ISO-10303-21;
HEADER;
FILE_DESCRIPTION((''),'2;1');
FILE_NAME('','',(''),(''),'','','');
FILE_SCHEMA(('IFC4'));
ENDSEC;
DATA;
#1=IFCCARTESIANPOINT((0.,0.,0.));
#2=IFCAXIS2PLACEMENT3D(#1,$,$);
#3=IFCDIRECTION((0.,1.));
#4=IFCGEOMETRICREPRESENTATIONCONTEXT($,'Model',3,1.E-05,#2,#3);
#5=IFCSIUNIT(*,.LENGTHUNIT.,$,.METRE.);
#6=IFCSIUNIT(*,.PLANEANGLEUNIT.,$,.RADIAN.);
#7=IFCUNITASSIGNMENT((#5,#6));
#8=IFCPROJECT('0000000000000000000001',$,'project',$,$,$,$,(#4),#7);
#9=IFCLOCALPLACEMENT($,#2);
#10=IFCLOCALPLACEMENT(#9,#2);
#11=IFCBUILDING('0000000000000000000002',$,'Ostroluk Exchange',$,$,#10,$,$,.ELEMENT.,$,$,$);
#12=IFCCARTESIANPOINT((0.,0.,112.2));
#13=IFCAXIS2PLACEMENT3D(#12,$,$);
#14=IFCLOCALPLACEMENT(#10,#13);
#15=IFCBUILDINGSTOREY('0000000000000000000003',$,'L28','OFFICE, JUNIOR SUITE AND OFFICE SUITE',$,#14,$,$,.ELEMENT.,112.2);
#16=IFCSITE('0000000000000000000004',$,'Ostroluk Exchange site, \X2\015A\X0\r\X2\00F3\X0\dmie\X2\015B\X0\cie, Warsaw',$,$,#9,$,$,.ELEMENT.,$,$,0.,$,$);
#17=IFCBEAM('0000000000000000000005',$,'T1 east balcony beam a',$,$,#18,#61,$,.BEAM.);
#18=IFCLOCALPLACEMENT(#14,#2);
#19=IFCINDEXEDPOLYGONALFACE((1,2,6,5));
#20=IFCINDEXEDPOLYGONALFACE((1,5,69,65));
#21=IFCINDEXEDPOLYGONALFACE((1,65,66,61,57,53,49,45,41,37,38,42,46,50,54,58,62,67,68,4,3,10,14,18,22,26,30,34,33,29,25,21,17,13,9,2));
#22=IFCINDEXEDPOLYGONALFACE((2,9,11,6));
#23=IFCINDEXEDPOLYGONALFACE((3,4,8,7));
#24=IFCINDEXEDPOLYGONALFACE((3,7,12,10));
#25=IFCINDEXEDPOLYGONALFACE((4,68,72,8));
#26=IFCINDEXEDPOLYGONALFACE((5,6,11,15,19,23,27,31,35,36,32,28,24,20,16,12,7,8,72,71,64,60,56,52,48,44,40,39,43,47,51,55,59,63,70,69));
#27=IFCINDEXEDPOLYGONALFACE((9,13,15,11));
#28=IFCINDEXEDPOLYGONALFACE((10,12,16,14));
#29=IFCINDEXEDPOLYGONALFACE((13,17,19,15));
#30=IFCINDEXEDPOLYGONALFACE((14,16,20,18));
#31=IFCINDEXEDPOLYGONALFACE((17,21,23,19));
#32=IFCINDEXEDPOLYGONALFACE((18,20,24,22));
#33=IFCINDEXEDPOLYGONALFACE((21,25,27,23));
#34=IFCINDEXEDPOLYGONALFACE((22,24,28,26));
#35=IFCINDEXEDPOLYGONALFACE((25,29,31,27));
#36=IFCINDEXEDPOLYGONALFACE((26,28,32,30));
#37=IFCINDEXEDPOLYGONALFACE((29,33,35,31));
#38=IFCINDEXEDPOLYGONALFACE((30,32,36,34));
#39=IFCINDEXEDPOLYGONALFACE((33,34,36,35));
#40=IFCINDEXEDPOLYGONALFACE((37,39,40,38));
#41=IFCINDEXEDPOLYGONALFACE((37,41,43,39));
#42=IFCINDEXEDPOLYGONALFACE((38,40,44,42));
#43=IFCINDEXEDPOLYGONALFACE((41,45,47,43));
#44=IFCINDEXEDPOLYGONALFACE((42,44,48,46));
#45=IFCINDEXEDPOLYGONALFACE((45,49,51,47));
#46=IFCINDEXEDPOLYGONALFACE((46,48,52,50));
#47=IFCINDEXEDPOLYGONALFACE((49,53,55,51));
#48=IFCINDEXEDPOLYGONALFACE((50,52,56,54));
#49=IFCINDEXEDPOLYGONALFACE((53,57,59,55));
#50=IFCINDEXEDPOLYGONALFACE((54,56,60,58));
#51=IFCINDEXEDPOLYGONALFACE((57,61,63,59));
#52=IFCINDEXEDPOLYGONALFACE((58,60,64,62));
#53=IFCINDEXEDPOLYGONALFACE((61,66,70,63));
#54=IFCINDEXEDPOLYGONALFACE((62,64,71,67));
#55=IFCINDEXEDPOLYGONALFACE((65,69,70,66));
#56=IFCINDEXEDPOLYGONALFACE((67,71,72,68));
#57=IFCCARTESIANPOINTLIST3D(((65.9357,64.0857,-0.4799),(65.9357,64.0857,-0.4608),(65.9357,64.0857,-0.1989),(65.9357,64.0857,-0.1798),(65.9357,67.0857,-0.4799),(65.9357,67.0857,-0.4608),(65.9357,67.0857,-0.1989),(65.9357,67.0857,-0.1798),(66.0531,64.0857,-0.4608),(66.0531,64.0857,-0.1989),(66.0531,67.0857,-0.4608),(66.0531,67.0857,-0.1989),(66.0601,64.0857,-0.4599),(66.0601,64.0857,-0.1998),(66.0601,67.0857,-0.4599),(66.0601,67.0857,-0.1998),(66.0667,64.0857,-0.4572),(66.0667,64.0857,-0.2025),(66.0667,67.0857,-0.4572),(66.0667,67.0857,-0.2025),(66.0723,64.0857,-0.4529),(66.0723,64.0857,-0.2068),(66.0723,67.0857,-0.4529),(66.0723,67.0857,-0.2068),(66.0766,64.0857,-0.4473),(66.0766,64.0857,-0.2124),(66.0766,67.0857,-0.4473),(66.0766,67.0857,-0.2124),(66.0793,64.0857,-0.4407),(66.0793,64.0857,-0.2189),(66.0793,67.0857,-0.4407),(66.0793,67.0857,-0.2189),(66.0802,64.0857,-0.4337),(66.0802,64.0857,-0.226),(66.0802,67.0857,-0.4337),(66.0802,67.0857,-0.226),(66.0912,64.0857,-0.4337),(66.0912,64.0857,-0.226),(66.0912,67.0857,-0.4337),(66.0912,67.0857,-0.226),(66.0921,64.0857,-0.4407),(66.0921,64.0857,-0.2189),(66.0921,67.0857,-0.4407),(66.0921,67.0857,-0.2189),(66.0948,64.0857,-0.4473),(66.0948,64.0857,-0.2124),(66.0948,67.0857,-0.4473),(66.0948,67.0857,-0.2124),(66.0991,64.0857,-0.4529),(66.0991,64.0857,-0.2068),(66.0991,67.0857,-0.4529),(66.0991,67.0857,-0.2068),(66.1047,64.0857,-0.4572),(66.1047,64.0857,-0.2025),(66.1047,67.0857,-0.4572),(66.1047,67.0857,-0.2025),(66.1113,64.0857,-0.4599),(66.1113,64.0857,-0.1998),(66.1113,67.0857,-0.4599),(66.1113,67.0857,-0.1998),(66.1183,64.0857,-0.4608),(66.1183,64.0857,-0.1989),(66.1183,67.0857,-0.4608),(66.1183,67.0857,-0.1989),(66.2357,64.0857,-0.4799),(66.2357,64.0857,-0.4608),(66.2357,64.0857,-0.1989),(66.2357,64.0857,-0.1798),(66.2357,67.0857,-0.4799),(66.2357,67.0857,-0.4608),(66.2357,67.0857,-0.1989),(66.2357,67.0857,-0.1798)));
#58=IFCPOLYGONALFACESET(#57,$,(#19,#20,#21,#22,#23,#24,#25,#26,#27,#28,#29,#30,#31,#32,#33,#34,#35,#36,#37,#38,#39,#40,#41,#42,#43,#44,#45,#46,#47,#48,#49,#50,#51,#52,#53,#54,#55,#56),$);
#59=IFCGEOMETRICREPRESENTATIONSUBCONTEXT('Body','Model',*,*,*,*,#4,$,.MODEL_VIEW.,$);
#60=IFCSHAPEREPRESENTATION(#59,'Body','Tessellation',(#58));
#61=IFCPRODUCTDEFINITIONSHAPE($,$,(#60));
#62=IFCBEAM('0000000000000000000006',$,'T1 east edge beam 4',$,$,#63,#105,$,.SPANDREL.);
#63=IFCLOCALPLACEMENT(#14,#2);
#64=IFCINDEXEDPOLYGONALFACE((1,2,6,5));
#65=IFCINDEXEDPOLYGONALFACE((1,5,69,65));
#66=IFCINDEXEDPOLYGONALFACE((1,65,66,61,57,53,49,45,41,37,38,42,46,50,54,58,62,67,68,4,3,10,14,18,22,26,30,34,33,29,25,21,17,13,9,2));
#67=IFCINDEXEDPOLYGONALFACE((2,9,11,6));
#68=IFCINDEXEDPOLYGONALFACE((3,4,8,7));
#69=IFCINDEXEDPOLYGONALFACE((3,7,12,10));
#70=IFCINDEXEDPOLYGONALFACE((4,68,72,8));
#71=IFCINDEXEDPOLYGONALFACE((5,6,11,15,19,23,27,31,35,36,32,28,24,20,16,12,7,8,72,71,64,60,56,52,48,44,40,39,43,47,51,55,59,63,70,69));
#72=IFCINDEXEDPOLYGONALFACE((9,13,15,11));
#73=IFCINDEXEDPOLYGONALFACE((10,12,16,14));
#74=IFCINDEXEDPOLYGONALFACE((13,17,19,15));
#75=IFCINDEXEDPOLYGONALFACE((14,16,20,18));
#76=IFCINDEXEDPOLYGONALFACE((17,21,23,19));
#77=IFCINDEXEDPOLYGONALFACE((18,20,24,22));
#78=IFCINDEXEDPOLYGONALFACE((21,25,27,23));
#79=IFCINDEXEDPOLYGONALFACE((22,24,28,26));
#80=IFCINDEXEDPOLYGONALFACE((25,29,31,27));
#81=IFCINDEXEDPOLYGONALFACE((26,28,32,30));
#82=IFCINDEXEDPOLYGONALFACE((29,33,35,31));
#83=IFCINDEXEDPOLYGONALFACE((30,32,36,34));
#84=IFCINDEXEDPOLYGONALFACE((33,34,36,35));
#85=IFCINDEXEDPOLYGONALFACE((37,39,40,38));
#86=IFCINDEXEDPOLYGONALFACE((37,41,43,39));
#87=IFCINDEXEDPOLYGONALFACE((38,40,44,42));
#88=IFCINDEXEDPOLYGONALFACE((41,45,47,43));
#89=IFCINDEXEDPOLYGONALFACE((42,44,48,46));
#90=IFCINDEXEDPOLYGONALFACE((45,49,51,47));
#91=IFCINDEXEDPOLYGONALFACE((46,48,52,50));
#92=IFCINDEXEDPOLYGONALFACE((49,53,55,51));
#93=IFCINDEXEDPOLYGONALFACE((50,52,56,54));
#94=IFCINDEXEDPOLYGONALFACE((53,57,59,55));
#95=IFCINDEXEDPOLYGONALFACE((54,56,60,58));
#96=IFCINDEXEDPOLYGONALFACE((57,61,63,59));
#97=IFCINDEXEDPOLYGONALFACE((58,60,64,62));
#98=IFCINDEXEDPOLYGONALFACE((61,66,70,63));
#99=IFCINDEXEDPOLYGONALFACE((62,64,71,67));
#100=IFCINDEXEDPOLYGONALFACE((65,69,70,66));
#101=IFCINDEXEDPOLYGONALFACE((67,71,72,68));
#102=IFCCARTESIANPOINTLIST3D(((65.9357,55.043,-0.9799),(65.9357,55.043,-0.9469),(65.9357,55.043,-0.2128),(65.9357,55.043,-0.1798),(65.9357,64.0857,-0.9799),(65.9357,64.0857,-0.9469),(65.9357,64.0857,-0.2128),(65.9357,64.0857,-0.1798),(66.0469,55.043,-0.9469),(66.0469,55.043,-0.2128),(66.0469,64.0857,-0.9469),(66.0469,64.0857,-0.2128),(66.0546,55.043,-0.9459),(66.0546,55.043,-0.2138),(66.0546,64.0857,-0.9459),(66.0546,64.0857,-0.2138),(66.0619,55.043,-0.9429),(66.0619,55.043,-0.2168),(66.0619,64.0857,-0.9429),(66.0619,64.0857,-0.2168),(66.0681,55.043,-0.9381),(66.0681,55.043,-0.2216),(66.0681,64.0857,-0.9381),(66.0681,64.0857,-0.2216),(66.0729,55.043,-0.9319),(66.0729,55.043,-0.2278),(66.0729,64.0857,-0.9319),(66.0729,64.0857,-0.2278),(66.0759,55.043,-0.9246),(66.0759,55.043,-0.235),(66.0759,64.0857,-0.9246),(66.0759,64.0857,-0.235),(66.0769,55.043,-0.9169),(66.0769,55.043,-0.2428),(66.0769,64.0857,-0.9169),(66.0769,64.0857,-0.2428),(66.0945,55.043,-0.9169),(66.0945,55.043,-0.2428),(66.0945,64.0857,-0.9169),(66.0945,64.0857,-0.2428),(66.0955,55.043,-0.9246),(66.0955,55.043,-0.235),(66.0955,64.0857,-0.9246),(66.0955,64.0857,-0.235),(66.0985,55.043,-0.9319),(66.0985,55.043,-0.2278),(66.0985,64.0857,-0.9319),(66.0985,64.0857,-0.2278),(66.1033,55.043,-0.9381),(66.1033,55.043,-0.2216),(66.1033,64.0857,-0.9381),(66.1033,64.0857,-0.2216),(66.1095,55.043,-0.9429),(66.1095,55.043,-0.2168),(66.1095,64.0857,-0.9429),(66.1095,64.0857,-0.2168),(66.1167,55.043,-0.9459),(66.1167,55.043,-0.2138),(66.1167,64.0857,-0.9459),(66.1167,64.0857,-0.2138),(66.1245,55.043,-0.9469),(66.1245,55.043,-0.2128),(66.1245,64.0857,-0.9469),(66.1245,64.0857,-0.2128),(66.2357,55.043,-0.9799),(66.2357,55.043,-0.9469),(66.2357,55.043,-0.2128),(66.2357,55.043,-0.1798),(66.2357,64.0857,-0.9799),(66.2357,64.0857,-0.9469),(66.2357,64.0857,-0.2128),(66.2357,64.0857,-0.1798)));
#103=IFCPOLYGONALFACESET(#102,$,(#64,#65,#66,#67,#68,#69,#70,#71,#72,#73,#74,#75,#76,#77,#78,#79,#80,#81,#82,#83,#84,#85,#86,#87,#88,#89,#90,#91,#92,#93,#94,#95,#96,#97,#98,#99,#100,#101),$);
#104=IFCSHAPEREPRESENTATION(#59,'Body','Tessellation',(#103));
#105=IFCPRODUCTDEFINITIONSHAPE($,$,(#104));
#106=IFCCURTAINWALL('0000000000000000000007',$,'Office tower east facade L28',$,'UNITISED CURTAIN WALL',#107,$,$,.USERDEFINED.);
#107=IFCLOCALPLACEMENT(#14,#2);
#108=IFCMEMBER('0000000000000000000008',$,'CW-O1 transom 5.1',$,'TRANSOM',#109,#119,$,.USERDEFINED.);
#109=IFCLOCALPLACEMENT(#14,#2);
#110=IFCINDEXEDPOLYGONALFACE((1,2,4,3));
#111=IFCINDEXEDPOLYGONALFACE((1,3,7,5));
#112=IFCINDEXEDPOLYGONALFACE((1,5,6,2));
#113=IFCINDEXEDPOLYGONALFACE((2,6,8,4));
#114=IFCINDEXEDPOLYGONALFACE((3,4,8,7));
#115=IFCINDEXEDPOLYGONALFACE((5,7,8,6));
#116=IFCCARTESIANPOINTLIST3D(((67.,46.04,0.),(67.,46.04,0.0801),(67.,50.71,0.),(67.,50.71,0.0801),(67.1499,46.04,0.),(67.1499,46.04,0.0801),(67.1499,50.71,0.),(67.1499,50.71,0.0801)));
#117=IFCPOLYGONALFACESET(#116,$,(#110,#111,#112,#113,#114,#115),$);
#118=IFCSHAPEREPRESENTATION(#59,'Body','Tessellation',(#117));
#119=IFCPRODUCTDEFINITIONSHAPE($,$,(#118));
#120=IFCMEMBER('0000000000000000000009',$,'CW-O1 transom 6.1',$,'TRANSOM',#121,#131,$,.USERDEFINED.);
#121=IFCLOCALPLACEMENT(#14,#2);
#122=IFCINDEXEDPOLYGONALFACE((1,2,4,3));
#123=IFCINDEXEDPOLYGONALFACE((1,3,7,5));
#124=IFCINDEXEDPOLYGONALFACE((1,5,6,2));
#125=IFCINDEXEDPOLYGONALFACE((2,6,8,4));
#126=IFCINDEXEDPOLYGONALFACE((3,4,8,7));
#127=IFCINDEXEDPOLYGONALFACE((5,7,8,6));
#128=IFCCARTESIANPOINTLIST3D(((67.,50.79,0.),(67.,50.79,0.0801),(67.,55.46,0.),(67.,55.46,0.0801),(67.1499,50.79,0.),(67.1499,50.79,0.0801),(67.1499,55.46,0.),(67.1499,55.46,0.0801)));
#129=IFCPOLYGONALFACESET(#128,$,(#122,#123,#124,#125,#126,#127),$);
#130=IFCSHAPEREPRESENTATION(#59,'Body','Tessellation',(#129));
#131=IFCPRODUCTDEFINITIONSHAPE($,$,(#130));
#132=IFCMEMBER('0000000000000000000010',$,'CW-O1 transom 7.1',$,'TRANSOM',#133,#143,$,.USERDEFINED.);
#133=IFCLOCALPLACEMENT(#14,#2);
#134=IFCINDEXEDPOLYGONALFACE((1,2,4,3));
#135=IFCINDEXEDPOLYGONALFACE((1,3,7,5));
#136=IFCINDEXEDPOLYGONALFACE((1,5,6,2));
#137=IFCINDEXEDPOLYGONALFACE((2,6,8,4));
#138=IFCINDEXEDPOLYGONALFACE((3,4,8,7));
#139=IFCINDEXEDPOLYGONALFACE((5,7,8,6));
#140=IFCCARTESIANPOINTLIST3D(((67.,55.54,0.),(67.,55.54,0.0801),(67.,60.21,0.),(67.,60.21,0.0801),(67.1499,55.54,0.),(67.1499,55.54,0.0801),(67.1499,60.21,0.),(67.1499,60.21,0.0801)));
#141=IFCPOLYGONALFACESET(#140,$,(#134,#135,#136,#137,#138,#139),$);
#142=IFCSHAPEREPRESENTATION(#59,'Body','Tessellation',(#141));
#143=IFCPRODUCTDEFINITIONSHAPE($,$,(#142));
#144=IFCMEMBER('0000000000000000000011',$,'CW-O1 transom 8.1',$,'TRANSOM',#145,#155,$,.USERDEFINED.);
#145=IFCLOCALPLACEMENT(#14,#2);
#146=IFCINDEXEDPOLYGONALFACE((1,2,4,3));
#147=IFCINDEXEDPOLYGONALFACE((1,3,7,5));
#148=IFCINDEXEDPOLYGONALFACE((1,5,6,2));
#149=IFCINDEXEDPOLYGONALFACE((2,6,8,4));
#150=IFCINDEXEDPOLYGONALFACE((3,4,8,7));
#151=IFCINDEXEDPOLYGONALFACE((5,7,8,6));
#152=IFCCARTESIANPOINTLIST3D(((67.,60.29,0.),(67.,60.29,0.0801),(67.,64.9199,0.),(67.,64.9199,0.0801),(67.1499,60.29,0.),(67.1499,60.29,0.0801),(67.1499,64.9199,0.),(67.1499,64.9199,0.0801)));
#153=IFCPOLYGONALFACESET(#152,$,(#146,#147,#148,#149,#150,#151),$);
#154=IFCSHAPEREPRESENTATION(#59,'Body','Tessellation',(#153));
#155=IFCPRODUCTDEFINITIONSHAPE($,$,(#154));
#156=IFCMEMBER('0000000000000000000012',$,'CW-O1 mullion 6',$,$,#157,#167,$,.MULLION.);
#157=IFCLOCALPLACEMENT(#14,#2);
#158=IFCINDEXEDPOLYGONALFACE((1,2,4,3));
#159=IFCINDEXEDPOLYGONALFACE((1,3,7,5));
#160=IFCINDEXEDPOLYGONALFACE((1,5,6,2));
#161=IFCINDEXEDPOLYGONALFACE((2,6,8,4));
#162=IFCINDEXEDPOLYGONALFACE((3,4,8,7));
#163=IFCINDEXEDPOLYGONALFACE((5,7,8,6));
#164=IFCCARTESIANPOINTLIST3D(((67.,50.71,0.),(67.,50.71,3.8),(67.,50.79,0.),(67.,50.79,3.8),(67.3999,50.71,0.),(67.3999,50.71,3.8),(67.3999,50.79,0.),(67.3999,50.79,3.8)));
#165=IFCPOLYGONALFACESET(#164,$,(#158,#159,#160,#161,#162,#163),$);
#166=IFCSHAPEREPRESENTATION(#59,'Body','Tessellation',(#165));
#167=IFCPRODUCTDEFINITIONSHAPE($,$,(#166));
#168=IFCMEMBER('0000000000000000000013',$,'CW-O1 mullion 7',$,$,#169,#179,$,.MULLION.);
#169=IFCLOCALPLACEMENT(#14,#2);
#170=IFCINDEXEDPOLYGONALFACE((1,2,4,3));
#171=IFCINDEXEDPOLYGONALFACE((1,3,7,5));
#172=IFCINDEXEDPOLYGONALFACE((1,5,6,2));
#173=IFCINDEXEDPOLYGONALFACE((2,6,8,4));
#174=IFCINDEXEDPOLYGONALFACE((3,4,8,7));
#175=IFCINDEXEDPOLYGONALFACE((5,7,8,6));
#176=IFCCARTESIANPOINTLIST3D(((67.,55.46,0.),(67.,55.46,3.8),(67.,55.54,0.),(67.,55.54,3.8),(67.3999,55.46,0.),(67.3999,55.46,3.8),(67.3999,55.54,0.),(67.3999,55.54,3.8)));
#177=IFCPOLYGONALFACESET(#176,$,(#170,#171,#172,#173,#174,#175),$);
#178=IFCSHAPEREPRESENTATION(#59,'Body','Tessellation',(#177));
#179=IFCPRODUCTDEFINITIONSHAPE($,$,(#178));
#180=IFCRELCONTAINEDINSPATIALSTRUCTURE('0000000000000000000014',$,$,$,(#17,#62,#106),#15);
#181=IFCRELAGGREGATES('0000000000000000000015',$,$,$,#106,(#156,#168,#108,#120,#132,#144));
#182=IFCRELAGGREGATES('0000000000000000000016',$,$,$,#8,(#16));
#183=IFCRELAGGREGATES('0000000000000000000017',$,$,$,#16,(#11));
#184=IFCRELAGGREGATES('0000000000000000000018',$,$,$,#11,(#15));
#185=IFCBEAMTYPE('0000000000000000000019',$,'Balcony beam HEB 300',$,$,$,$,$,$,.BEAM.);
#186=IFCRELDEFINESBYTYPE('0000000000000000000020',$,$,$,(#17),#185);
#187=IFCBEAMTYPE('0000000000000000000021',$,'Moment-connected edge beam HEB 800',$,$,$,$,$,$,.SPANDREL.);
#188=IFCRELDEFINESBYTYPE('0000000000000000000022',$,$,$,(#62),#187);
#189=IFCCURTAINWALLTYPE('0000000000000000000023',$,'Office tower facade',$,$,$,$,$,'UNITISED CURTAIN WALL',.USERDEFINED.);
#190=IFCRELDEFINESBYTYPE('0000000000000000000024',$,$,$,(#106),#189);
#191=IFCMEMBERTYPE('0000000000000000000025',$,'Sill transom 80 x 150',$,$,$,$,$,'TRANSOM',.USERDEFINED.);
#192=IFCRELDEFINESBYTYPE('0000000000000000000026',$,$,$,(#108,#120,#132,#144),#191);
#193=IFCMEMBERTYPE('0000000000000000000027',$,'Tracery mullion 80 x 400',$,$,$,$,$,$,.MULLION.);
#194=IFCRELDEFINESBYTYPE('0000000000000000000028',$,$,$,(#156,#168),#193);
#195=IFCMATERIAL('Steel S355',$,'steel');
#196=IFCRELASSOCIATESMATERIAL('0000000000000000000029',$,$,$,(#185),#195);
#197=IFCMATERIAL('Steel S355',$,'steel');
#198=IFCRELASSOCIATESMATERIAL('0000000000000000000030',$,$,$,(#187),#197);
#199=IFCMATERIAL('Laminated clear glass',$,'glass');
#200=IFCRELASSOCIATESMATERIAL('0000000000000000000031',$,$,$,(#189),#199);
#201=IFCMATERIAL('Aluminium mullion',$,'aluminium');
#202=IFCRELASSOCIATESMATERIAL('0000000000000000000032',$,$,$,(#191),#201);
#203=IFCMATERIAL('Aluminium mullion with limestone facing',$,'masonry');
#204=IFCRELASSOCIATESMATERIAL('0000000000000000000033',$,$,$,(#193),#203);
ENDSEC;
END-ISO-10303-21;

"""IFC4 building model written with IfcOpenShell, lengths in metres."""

from ifc_helpers import new_model, si_unit, direction, frame, origin, origin_2d, place, context, subcontext, project, spatial, rectangle, i_section, extrude, material, material_profile, profile_set, type_object, element, aggregate, save


model = new_model("IFC4")

# Units and contexts
model_context = context("Model", 3, precision=1e-05, world=origin(), true_north=direction((0.0, 1.0)))
body_context = subcontext(model_context, "Body", "Model", "MODEL_VIEW")
ifc_project = project(units=[si_unit("LENGTHUNIT", "METRE"), si_unit("PLANEANGLEUNIT", "RADIAN")], contexts=[model_context])

# Site, building, storey
site_placement = place(None, origin())
site = spatial("IfcSite", under=ifc_project, at=site_placement, Name="Ostroluk Exchange site, Śródmieście, Warsaw", CompositionType="ELEMENT", RefElevation=0.0)
building_placement = place(site_placement, origin())
building = spatial("IfcBuilding", under=site, at=building_placement, Name="Ostroluk Exchange", CompositionType="ELEMENT")
storey_placement = place(building_placement, frame((0.0, 0.0, 112.2)))
storey = spatial("IfcBuildingStorey", under=building, at=storey_placement, Name="L28", Description="OFFICE, JUNIOR SUITE AND OFFICE SUITE", CompositionType="ELEMENT", Elevation=112.2)

# Beams
ifc_material_1 = material(Name="Steel S355", Category="steel")
ifc_material_profile_1 = material_profile(ifc_material_1, i_section(OverallWidth=0.3, OverallDepth=0.3, WebThickness=0.011, FlangeThickness=0.019, FilletRadius=0.0271, at=origin_2d()), Name="HEB 300")
ifc_profile_set_1 = profile_set([ifc_material_profile_1], Name="Steel S355")
beam_type_1 = type_object("IfcBeamType", Name="Balcony beam HEB 300", PredefinedType="BEAM", material=ifc_profile_set_1)
beam_1_placement = place(storey_placement, frame((66.0857, 64.0857, -0.3298), z_axis=(0.0, 1.0, 0.0), x_axis=(-1.0, 0.0, 0.0)))
element("IfcBeam", 1, at=beam_1_placement, inside=storey, type_object=beam_type_1, Name="T1 east balcony beam a", PredefinedType="BEAM", context=body_context, shape_type="SweptSolid", body=[
    extrude(i_section(OverallWidth=0.3, OverallDepth=0.3, WebThickness=0.011, FlangeThickness=0.019, FilletRadius=0.0271, at=origin_2d()), origin(), (0.0, 0.0, 1.0), 3.0),
])
ifc_material_2 = material(Name="Steel S355", Category="steel")
ifc_material_profile_2 = material_profile(ifc_material_2, i_section(OverallWidth=0.3, OverallDepth=0.8, WebThickness=0.0176, FlangeThickness=0.033, FilletRadius=0.03, at=origin_2d()), Name="HEB 800")
ifc_profile_set_2 = profile_set([ifc_material_profile_2], Name="Steel S355")
beam_type_2 = type_object("IfcBeamType", Name="Moment-connected edge beam HEB 800", PredefinedType="SPANDREL", material=ifc_profile_set_2)
beam_2_placement = place(storey_placement, frame((66.0857, 55.043, -0.5798), z_axis=(0.0, 1.0, 0.0), x_axis=(-1.0, 0.0, 0.0)))
element("IfcBeam", 2, at=beam_2_placement, inside=storey, type_object=beam_type_2, Name="T1 east edge beam 4", PredefinedType="SPANDREL", context=body_context, shape_type="SweptSolid", body=[
    extrude(i_section(OverallWidth=0.3, OverallDepth=0.8, WebThickness=0.0176, FlangeThickness=0.033, FilletRadius=0.03, at=origin_2d()), origin(), (0.0, 0.0, 1.0), 9.0427),
])

# Curtain wall, members
ifc_material_3 = material(Name="Laminated clear glass", Category="glass")
curtain_wall_type = type_object("IfcCurtainWallType", Name="Office tower facade", ElementType="UNITISED CURTAIN WALL", PredefinedType="USERDEFINED", material=ifc_material_3)
curtain_wall_placement = place(storey_placement, origin())
curtain_wall = element("IfcCurtainWall", 3, at=curtain_wall_placement, inside=storey, type_object=curtain_wall_type, Name="Office tower east facade L28", ObjectType="UNITISED CURTAIN WALL", PredefinedType="USERDEFINED")
ifc_material_4 = material(Name="Aluminium mullion", Category="aluminium")
ifc_material_profile_3 = material_profile(ifc_material_4, rectangle(XDim=0.1499, YDim=0.0801, at=origin_2d()), Name="Sill transom 80 x 150")
ifc_profile_set_3 = profile_set([ifc_material_profile_3], Name="Aluminium mullion")
member_type_1 = type_object("IfcMemberType", Name="Sill transom 80 x 150", ElementType="TRANSOM", PredefinedType="USERDEFINED", material=ifc_profile_set_3)
member_1_placement = place(storey_placement, frame((67.075, 46.04, 0.04), z_axis=(0.0, 1.0, 0.0), x_axis=(-1.0, 0.0, 0.0)))
member_1 = element("IfcMember", 4, at=member_1_placement, type_object=member_type_1, Name="CW-O1 transom 5.1", ObjectType="TRANSOM", PredefinedType="USERDEFINED", context=body_context, shape_type="SweptSolid", body=[
    extrude(rectangle(XDim=0.1499, YDim=0.0801, at=origin_2d()), origin(), (0.0, 0.0, 1.0), 4.6699),
])
member_2_placement = place(storey_placement, frame((67.075, 50.79, 0.04), z_axis=(0.0, 1.0, 0.0), x_axis=(-1.0, 0.0, 0.0)))
member_2 = element("IfcMember", 5, at=member_2_placement, type_object=member_type_1, Name="CW-O1 transom 6.1", ObjectType="TRANSOM", PredefinedType="USERDEFINED", context=body_context, shape_type="SweptSolid", body=[
    extrude(rectangle(XDim=0.1499, YDim=0.0801, at=origin_2d()), origin(), (0.0, 0.0, 1.0), 4.6699),
])
member_3_placement = place(storey_placement, frame((67.075, 55.54, 0.04), z_axis=(0.0, 1.0, 0.0), x_axis=(-1.0, 0.0, 0.0)))
member_3 = element("IfcMember", 6, at=member_3_placement, type_object=member_type_1, Name="CW-O1 transom 7.1", ObjectType="TRANSOM", PredefinedType="USERDEFINED", context=body_context, shape_type="SweptSolid", body=[
    extrude(rectangle(XDim=0.1499, YDim=0.0801, at=origin_2d()), origin(), (0.0, 0.0, 1.0), 4.6699),
])
member_4_placement = place(storey_placement, frame((67.075, 60.29, 0.04), z_axis=(0.0, 1.0, 0.0), x_axis=(-1.0, 0.0, 0.0)))
member_4 = element("IfcMember", 7, at=member_4_placement, type_object=member_type_1, Name="CW-O1 transom 8.1", ObjectType="TRANSOM", PredefinedType="USERDEFINED", context=body_context, shape_type="SweptSolid", body=[
    extrude(rectangle(XDim=0.1499, YDim=0.0801, at=origin_2d()), origin(), (0.0, 0.0, 1.0), 4.6299),
])
ifc_material_5 = material(Name="Aluminium mullion with limestone facing", Category="masonry")
ifc_material_profile_4 = material_profile(ifc_material_5, rectangle(XDim=0.3999, YDim=0.0801, at=origin_2d()), Name="Tracery mullion 80 x 400")
ifc_profile_set_4 = profile_set([ifc_material_profile_4], Name="Aluminium mullion with limestone facing")
member_type_2 = type_object("IfcMemberType", Name="Tracery mullion 80 x 400", PredefinedType="MULLION", material=ifc_profile_set_4)
member_5_placement = place(storey_placement, frame((67.2, 50.75, 0.0), z_axis=(0.0, 0.0, 1.0), x_axis=(-1.0, 0.0, 0.0)))
member_5 = element("IfcMember", 8, at=member_5_placement, type_object=member_type_2, Name="CW-O1 mullion 6", PredefinedType="MULLION", context=body_context, shape_type="SweptSolid", body=[
    extrude(rectangle(XDim=0.3999, YDim=0.0801, at=origin_2d()), origin(), (0.0, 0.0, 1.0), 3.8),
])
member_6_placement = place(storey_placement, frame((67.2, 55.5, 0.0), z_axis=(0.0, 0.0, 1.0), x_axis=(-1.0, 0.0, 0.0)))
member_6 = element("IfcMember", 9, at=member_6_placement, type_object=member_type_2, Name="CW-O1 mullion 7", PredefinedType="MULLION", context=body_context, shape_type="SweptSolid", body=[
    extrude(rectangle(XDim=0.3999, YDim=0.0801, at=origin_2d()), origin(), (0.0, 0.0, 1.0), 3.8),
])

aggregate(curtain_wall, [member_5, member_6, member_1, member_2, member_3, member_4])

save(model, "model.ifc")
